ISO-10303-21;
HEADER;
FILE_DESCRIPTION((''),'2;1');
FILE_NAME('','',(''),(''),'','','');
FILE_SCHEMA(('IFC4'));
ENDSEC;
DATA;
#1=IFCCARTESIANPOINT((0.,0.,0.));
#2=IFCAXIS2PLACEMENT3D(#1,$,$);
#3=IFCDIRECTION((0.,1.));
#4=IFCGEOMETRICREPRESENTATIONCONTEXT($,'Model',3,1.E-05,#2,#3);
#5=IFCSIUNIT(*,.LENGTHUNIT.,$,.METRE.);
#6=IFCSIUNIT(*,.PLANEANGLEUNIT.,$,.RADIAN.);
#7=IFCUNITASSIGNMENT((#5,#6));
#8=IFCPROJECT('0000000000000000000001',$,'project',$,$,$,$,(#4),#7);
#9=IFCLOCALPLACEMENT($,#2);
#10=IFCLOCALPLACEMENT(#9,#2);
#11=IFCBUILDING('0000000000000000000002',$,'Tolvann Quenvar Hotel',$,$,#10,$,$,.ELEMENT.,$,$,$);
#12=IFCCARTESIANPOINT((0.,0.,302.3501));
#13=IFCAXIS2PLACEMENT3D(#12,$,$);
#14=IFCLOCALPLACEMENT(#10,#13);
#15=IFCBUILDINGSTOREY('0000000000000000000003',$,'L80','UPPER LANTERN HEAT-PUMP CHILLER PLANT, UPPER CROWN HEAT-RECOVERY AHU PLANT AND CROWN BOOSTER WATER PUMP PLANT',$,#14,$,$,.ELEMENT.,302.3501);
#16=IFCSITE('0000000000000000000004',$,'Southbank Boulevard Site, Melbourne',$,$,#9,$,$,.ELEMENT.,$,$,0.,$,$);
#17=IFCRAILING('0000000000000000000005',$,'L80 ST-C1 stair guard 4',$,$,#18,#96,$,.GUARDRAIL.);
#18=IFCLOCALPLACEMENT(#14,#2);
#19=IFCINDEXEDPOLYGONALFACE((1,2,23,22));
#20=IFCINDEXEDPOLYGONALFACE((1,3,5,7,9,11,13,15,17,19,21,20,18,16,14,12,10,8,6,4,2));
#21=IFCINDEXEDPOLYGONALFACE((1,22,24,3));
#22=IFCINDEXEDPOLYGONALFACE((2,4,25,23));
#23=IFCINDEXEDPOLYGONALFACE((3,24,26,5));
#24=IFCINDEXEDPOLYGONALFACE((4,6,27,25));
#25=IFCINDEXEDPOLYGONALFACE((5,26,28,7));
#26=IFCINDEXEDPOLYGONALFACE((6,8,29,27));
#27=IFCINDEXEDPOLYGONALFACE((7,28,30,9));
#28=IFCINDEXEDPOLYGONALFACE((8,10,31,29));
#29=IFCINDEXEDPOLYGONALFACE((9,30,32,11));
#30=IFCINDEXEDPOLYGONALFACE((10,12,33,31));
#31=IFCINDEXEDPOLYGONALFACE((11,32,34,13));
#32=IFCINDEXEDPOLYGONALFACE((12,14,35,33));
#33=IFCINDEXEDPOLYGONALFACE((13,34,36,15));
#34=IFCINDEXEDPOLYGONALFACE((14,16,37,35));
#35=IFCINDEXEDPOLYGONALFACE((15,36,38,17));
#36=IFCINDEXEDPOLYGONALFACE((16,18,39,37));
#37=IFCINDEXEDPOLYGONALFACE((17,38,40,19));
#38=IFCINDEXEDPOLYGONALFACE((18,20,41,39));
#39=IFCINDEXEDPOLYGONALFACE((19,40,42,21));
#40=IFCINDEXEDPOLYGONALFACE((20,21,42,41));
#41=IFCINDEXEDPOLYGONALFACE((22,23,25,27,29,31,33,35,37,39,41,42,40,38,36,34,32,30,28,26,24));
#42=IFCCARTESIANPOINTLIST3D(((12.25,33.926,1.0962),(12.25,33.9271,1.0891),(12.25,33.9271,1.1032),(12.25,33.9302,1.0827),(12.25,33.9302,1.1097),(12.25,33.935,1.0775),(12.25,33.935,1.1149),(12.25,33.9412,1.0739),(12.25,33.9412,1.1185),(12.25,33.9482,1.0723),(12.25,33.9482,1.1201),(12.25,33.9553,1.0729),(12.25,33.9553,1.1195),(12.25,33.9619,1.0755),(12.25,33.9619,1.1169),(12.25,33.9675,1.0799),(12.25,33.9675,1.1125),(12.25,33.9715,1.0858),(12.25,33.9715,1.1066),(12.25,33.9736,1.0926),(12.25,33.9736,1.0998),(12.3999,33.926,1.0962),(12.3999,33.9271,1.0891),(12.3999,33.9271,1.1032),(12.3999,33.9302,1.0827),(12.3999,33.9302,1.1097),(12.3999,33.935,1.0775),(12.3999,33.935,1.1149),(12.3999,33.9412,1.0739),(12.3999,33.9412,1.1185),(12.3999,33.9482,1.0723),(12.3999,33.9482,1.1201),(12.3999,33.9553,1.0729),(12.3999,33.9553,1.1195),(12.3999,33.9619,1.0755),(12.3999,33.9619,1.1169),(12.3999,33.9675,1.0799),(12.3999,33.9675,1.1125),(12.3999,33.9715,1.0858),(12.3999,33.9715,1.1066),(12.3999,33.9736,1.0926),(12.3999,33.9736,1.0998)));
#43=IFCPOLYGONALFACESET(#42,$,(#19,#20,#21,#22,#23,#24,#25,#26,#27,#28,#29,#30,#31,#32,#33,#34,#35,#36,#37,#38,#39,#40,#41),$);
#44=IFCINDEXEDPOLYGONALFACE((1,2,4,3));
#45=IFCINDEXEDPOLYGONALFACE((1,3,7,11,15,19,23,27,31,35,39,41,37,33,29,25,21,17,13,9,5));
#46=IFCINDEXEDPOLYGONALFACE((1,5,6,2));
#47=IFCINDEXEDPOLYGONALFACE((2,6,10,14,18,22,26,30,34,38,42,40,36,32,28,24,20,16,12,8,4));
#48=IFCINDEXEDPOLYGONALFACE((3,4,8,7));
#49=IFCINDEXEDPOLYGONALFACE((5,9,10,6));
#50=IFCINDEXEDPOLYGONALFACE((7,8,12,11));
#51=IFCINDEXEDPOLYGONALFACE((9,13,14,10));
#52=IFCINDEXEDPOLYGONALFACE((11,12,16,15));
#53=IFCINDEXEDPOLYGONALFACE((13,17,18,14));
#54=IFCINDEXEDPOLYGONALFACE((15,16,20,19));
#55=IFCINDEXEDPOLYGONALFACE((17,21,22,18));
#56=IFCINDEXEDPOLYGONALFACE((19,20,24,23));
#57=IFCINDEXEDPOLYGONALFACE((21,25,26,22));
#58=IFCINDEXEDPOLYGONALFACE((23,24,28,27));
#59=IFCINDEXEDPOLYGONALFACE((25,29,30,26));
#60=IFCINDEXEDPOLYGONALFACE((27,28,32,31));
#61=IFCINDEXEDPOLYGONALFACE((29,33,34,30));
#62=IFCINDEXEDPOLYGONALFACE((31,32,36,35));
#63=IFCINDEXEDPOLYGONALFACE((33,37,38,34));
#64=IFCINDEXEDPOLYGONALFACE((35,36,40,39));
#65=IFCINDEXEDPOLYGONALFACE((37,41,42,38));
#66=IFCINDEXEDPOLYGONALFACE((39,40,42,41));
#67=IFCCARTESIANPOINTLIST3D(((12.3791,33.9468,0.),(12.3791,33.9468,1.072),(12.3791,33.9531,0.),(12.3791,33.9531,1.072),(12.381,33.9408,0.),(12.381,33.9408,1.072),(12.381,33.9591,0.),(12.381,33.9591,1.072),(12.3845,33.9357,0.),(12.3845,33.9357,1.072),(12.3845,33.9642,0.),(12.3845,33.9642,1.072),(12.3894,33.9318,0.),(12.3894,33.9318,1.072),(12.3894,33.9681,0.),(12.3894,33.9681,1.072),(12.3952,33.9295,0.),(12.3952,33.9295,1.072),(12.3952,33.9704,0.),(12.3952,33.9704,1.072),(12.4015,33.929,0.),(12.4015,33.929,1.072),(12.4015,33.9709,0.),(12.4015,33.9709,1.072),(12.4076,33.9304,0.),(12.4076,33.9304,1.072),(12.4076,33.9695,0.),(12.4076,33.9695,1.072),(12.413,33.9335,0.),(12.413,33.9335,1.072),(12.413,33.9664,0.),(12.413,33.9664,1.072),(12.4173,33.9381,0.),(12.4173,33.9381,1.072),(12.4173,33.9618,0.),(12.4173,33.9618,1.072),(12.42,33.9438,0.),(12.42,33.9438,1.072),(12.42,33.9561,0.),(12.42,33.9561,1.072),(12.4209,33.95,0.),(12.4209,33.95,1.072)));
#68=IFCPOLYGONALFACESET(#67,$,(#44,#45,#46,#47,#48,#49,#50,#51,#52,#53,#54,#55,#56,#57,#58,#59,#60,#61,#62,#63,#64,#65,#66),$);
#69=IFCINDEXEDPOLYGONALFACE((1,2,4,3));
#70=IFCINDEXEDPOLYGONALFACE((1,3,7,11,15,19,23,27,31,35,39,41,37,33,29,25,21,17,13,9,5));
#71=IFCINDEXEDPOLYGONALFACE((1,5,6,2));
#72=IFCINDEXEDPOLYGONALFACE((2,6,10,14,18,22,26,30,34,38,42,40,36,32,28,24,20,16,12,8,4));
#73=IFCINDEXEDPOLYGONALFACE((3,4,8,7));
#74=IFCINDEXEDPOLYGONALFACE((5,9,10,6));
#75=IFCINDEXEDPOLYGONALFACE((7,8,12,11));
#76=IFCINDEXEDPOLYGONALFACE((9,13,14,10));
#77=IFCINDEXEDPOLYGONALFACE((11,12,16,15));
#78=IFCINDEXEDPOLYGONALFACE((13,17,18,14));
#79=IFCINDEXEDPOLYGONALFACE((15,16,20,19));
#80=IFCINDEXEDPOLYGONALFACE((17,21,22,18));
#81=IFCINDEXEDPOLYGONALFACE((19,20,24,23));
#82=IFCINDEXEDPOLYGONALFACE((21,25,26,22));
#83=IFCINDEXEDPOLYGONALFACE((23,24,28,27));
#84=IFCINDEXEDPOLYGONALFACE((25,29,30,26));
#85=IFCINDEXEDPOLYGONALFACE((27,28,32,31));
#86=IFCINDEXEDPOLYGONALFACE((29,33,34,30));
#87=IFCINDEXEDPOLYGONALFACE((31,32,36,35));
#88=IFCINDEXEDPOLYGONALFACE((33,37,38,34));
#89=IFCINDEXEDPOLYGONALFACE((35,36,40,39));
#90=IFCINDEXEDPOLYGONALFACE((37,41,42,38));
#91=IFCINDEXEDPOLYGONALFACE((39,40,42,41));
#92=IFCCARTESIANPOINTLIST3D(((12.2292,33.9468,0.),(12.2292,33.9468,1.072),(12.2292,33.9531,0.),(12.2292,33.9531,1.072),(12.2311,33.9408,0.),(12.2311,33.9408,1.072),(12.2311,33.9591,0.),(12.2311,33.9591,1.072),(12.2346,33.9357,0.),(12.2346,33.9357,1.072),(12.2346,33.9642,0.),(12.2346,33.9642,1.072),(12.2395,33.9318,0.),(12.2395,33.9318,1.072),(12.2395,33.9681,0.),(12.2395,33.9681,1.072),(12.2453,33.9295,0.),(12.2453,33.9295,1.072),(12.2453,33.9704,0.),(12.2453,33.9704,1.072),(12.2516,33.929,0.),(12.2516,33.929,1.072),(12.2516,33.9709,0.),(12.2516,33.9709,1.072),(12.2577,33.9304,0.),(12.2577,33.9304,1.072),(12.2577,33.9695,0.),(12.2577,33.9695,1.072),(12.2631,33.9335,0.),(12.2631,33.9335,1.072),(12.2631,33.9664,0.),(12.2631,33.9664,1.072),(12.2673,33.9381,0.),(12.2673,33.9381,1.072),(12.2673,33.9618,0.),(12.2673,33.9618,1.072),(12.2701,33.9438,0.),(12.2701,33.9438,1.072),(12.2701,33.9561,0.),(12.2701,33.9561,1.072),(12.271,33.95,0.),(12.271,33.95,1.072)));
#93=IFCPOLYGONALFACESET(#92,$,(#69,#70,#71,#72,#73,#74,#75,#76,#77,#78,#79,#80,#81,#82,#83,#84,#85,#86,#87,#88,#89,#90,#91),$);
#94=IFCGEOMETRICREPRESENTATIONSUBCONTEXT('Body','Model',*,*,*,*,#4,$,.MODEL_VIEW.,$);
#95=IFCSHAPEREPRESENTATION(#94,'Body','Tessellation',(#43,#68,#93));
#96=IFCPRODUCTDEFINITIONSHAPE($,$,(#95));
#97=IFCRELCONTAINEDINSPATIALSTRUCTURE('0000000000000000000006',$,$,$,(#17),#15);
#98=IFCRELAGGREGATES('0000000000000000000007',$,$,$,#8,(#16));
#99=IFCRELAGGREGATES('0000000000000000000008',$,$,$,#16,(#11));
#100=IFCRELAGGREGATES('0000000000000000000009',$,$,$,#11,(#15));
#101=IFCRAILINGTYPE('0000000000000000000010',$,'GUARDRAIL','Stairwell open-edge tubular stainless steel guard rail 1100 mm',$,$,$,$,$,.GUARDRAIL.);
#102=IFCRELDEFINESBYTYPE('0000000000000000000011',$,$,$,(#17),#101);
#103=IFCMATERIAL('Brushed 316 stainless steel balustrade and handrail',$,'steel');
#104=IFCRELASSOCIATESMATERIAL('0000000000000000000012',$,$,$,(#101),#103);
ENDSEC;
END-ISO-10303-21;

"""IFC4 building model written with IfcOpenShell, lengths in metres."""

from ifc_helpers import new_model, si_unit, direction, frame, origin, origin_2d, place, context, subcontext, project, spatial, circle, extrude, material, type_object, element, save


model = new_model("IFC4")

# Units and contexts
model_context = context("Model", 3, precision=1e-05, world=origin(), true_north=direction((0.0, 1.0)))
body_context = subcontext(model_context, "Body", "Model", "MODEL_VIEW")
ifc_project = project(units=[si_unit("LENGTHUNIT", "METRE"), si_unit("PLANEANGLEUNIT", "RADIAN")], contexts=[model_context])

# Site, building, storey
site_placement = place(None, origin())
site = spatial("IfcSite", under=ifc_project, at=site_placement, Name="Southbank Boulevard Site, Melbourne", CompositionType="ELEMENT", RefElevation=0.0)
building_placement = place(site_placement, origin())
building = spatial("IfcBuilding", under=site, at=building_placement, Name="Tolvann Quenvar Hotel", CompositionType="ELEMENT")
storey_placement = place(building_placement, frame((0.0, 0.0, 302.3501)))
storey = spatial("IfcBuildingStorey", under=building, at=storey_placement, Name="L80", Description="UPPER LANTERN HEAT-PUMP CHILLER PLANT, UPPER CROWN HEAT-RECOVERY AHU PLANT AND CROWN BOOSTER WATER PUMP PLANT", CompositionType="ELEMENT", Elevation=302.3501)

# Railing
ifc_material_1 = material(Name="Brushed 316 stainless steel balustrade and handrail", Category="steel")
railing_type = type_object("IfcRailingType", Name="GUARDRAIL", Description="Stairwell open-edge tubular stainless steel guard rail 1100 mm", PredefinedType="GUARDRAIL", material=ifc_material_1)
railing_placement = place(storey_placement, frame((12.3999, 33.95, 0.0)))
element("IfcRailing", 1, at=railing_placement, inside=storey, type_object=railing_type, Name="L80 ST-C1 stair guard 4", PredefinedType="GUARDRAIL", context=body_context, shape_type="SweptSolid", body=[
    extrude(circle(Radius=0.0239, at=origin_2d()), frame((0.0, 0.0, 1.0962), z_axis=(-1.0, 0.0, 0.0), x_axis=(0.0, -1.0, 0.0)), (0.0, 0.0, 1.0), 0.1499),
    extrude(circle(Radius=0.021, at=origin_2d()), origin(), (0.0, 0.0, 1.0), 1.072),
    extrude(circle(Radius=0.021, at=origin_2d()), frame((-0.1499, 0.0, 0.0)), (0.0, 0.0, 1.0), 1.072),
])

save(model, "model.ifc")
